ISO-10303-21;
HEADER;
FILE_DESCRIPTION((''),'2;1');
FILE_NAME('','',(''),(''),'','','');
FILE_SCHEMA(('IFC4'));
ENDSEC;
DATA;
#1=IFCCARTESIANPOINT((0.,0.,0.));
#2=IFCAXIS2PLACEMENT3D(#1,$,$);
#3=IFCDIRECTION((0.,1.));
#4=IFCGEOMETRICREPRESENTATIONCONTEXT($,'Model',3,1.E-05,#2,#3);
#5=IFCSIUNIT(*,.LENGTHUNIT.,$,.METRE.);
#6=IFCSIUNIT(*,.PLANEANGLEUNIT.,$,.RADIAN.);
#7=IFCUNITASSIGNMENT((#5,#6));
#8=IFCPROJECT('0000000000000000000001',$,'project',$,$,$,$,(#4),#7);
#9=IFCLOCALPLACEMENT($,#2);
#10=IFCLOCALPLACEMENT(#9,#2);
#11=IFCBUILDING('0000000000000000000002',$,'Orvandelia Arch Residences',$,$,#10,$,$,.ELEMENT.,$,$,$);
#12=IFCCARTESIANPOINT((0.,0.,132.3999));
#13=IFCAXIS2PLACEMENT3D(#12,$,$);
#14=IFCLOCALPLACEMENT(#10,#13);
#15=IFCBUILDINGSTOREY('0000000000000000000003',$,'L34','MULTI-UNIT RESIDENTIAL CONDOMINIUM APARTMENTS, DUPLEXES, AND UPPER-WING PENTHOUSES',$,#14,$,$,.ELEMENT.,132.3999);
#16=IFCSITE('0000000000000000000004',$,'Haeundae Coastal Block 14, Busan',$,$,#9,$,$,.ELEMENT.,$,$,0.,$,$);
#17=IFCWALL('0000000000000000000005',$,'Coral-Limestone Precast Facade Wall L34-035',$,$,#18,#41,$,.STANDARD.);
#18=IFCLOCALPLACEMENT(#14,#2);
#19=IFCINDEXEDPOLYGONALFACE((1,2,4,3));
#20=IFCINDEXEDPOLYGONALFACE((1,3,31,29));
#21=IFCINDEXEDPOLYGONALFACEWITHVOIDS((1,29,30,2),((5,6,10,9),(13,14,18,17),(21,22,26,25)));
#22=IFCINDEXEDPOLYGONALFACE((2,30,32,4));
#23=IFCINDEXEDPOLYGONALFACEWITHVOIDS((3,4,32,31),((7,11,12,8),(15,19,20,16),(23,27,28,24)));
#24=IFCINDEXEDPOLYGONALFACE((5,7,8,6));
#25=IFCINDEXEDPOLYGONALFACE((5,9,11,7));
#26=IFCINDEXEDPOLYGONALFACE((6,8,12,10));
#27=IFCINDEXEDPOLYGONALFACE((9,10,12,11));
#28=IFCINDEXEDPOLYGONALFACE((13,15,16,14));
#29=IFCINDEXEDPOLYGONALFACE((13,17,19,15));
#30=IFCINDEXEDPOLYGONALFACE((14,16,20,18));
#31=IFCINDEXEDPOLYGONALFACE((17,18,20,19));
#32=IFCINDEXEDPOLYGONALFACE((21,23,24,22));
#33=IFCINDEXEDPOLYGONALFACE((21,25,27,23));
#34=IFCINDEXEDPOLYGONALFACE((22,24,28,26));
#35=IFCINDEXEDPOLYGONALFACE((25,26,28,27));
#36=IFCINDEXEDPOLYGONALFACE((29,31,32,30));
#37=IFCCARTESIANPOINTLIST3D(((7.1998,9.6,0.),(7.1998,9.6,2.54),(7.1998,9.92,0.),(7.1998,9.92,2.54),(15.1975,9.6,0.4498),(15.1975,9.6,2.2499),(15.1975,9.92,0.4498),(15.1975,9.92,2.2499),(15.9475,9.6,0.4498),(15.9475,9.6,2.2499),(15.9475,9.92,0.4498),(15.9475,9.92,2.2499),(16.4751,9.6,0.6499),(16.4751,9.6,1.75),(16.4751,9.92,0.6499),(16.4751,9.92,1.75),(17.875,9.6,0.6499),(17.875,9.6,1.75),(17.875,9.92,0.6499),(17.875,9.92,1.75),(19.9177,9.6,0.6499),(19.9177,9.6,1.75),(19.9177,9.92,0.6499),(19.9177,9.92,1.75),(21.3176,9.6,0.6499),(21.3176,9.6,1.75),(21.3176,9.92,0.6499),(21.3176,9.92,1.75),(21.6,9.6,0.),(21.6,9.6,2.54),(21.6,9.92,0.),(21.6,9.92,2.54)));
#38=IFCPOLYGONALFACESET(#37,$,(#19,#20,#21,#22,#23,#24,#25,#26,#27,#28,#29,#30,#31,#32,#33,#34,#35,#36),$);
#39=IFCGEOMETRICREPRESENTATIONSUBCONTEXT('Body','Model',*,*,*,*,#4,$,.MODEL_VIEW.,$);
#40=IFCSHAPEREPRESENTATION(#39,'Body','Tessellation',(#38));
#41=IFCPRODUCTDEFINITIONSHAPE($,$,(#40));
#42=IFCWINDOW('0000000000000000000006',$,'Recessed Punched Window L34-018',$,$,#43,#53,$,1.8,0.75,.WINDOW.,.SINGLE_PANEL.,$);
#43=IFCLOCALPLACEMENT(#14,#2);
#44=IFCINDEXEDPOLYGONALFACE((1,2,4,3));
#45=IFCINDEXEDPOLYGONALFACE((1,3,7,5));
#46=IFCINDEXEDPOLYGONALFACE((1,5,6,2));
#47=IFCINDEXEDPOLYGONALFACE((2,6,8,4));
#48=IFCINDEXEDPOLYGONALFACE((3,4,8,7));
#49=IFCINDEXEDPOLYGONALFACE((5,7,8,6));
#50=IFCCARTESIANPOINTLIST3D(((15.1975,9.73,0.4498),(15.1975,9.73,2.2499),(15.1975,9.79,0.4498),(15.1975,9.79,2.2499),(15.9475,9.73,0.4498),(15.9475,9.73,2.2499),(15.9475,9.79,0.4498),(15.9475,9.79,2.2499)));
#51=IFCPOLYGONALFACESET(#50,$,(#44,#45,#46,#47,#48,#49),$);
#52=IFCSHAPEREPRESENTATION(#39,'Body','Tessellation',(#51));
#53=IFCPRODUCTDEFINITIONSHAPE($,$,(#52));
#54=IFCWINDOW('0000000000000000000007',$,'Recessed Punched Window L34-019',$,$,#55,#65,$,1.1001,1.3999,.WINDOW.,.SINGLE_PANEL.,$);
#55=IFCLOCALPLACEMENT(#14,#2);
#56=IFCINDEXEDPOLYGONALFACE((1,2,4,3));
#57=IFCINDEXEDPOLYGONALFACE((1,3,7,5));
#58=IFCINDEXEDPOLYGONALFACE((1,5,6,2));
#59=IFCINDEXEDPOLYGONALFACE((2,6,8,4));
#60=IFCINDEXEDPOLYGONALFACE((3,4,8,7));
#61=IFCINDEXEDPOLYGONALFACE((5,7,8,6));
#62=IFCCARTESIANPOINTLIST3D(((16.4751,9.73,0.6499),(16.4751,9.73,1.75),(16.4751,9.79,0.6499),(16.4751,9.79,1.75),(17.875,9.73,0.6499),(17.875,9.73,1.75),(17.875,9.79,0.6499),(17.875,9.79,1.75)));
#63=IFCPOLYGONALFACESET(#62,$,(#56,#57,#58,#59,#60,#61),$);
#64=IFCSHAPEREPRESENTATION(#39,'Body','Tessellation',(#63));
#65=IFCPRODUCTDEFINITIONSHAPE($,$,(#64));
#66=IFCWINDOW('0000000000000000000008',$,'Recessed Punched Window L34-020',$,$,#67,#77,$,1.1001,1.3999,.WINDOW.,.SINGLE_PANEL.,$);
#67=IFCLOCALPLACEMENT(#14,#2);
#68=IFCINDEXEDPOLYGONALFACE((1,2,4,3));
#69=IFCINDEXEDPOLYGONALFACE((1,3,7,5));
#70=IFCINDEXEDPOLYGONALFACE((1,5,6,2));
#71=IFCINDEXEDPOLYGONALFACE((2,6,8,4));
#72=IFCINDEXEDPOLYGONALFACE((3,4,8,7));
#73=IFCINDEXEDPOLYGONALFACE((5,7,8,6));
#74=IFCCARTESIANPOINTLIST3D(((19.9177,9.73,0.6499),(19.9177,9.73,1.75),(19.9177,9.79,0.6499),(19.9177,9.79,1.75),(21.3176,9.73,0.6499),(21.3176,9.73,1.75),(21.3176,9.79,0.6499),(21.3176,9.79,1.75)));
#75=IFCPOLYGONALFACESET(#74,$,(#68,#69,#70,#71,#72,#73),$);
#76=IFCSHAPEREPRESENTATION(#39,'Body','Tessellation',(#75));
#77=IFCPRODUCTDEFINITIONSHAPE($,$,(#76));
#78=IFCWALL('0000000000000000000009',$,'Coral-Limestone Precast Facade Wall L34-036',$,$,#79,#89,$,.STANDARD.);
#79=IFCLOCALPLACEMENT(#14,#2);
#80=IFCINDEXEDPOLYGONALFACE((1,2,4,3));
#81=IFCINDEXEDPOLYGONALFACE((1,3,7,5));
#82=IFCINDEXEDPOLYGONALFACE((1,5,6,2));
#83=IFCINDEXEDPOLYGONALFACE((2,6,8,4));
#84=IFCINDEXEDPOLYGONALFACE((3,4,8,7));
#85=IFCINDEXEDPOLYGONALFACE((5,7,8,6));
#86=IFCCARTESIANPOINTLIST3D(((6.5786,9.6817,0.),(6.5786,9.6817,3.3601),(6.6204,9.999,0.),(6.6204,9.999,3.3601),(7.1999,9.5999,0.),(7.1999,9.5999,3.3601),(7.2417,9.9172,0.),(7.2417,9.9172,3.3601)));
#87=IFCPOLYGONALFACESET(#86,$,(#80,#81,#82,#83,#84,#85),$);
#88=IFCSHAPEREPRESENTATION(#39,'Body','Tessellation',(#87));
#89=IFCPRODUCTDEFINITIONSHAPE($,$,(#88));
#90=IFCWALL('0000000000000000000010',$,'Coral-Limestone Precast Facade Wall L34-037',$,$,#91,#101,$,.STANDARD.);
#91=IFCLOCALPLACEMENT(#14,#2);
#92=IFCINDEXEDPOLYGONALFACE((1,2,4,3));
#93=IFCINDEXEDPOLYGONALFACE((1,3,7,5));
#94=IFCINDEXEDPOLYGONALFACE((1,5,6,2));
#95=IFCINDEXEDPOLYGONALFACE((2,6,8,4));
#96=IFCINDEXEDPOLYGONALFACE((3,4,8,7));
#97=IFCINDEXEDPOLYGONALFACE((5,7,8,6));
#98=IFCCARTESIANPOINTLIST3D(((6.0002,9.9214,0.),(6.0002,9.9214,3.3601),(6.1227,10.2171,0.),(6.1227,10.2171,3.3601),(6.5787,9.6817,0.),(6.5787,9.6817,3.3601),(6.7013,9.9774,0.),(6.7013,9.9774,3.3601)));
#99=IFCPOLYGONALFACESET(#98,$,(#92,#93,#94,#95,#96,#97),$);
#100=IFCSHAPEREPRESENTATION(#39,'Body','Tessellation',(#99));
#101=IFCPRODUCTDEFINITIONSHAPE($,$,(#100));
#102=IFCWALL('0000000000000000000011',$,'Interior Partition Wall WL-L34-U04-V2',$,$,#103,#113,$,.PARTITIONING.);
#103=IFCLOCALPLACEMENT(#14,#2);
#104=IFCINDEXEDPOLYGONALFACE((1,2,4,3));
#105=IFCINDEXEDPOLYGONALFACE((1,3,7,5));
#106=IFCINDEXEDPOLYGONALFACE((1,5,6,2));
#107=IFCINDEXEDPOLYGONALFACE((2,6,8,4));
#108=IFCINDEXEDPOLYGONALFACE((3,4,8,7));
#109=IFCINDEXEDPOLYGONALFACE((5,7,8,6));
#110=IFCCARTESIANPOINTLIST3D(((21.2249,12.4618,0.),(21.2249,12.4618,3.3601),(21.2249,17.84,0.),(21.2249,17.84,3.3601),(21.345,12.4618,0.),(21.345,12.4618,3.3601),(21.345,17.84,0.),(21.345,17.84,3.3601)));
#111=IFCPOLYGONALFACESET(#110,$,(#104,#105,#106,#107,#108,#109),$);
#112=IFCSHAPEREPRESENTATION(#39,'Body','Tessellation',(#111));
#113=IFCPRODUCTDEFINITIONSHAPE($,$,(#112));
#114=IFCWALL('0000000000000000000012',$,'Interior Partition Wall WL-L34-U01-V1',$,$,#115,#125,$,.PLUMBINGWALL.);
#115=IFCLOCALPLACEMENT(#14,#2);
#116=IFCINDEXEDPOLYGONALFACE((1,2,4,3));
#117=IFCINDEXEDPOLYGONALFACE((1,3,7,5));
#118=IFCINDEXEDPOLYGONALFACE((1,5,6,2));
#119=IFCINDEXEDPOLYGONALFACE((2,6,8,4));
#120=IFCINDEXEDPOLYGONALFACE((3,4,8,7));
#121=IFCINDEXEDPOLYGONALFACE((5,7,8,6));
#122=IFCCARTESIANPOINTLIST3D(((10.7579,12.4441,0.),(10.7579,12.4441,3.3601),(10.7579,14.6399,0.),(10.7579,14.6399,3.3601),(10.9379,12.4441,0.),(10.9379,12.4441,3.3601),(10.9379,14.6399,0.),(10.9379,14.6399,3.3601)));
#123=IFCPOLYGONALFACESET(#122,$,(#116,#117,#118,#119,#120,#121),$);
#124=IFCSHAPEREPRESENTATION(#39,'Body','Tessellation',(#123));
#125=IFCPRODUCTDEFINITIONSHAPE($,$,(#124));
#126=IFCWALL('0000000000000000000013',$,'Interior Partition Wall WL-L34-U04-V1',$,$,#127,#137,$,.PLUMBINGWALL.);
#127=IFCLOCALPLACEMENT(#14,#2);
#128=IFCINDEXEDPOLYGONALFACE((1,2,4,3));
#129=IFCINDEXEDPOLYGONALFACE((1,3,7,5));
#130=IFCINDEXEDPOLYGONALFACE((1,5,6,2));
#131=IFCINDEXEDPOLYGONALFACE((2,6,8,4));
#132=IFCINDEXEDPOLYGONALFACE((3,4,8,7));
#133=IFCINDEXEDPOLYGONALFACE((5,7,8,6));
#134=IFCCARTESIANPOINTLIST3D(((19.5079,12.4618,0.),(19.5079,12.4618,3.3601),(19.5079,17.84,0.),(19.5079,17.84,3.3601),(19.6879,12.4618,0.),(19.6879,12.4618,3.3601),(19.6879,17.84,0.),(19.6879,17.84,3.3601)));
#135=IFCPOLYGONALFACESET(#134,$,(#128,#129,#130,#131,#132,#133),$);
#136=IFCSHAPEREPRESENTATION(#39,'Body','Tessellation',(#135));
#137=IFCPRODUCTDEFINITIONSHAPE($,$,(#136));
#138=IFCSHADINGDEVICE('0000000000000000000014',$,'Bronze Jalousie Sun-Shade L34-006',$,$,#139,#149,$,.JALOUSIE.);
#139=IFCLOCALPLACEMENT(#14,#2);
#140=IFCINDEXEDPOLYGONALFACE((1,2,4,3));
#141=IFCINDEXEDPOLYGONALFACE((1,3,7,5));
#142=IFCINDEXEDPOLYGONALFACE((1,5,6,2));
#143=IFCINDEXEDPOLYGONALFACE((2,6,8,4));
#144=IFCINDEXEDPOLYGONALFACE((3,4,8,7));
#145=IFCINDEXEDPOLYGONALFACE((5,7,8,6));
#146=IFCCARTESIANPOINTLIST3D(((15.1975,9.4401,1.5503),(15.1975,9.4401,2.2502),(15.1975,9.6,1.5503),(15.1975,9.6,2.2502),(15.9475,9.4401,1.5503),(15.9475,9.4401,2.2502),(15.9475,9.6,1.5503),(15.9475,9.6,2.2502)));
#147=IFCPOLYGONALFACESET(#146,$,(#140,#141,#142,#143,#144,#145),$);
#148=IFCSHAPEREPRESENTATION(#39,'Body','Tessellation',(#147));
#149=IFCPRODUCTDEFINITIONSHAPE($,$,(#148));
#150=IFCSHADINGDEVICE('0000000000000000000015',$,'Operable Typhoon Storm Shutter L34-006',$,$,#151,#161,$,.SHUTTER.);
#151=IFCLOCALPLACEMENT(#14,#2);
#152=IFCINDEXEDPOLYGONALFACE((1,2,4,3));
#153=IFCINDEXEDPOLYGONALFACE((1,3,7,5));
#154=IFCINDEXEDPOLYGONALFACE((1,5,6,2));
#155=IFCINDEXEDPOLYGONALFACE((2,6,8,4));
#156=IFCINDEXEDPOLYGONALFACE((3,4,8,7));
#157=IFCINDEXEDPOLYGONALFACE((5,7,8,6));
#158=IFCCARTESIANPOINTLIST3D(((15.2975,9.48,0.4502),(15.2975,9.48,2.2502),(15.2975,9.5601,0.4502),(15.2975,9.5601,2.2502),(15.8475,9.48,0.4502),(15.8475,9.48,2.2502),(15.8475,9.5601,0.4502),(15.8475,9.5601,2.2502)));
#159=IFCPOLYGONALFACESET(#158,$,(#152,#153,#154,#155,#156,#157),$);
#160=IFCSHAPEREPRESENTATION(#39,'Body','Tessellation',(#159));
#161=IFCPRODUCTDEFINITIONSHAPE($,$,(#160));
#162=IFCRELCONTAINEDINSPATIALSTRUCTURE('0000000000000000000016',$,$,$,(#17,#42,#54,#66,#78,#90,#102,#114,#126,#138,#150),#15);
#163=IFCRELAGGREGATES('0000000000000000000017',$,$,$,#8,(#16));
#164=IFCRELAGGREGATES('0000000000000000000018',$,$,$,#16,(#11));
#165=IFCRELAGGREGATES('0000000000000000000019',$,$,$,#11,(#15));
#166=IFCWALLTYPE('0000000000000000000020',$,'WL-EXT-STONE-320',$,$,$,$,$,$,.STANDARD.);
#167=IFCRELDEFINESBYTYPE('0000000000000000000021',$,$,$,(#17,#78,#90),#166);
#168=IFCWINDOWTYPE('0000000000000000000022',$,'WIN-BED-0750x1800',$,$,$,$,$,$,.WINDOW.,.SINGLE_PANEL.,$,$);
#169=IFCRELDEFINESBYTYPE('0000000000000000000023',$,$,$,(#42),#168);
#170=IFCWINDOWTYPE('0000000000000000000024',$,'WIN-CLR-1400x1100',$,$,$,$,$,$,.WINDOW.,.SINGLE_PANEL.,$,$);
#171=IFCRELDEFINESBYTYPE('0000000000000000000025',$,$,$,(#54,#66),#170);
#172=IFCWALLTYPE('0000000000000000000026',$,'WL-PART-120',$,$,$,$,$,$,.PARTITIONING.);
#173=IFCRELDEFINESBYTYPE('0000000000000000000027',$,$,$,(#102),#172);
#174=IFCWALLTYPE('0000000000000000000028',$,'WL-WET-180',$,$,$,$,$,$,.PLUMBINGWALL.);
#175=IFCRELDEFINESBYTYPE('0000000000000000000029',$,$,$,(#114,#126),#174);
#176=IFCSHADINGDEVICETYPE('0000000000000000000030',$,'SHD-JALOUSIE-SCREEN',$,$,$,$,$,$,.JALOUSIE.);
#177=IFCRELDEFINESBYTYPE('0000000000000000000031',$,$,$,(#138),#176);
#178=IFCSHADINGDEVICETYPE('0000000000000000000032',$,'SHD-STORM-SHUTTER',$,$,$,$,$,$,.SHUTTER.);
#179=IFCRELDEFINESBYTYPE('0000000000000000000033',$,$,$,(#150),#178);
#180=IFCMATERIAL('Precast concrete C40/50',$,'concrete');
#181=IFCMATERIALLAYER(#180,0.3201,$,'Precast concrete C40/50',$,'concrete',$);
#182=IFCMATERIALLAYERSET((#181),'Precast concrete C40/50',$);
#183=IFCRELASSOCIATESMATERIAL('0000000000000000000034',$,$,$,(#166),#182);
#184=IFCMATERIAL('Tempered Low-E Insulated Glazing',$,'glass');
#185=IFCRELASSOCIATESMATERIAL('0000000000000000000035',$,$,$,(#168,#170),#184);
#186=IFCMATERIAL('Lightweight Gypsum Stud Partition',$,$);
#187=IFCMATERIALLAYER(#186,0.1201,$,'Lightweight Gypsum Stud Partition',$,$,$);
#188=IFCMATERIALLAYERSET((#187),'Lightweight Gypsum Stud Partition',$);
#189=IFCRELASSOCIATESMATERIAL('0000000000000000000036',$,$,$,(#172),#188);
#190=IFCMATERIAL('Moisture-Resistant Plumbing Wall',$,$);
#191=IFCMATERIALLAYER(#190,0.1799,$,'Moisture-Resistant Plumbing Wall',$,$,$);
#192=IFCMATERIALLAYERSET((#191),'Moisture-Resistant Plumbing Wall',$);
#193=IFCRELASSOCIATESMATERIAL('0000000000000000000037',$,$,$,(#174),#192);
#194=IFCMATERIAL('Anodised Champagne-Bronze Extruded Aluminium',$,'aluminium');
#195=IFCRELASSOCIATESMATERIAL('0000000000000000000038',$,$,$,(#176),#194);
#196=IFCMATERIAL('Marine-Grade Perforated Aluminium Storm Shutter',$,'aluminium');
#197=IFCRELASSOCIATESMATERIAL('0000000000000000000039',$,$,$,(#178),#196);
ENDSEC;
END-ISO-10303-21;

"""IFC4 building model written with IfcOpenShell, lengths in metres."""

from ifc_helpers import new_model, si_unit, direction, frame, frame_2d, origin, origin_2d, place, context, subcontext, project, spatial, rectangle, extrude, material, layer, layer_set, type_object, element, fill, save


model = new_model("IFC4")

# Units and contexts
model_context = context("Model", 3, precision=1e-05, world=origin(), true_north=direction((0.0, 1.0)))
body_context = subcontext(model_context, "Body", "Model", "MODEL_VIEW")
ifc_project = project(units=[si_unit("LENGTHUNIT", "METRE"), si_unit("PLANEANGLEUNIT", "RADIAN")], contexts=[model_context])

# Site, building, storey
site_placement = place(None, origin())
site = spatial("IfcSite", under=ifc_project, at=site_placement, Name="Haeundae Coastal Block 14, Busan", CompositionType="ELEMENT", RefElevation=0.0)
building_placement = place(site_placement, origin())
building = spatial("IfcBuilding", under=site, at=building_placement, Name="Orvandelia Arch Residences", CompositionType="ELEMENT")
storey_placement = place(building_placement, frame((0.0, 0.0, 132.3999)))
storey = spatial("IfcBuildingStorey", under=building, at=storey_placement, Name="L34", Description="MULTI-UNIT RESIDENTIAL CONDOMINIUM APARTMENTS, DUPLEXES, AND UPPER-WING PENTHOUSES", CompositionType="ELEMENT", Elevation=132.3999)

# Wall, openings, windows
ifc_material_1 = material(Name="Precast concrete C40/50", Category="concrete")
ifc_layer_1 = layer(ifc_material_1, 0.3201, Name="Precast concrete C40/50", Category="concrete")
ifc_layer_set_1 = layer_set([ifc_layer_1], Name="Precast concrete C40/50")
wall_type_1 = type_object("IfcWallType", Name="WL-EXT-STONE-320", PredefinedType="STANDARD", material=ifc_layer_set_1)
wall_1_placement = place(storey_placement, frame((21.6001, 9.76, 0.0), z_axis=(0.0, 0.0, 1.0), x_axis=(-1.0, 0.0, 0.0)))
wall_1 = element("IfcWall", 1, at=wall_1_placement, inside=storey, type_object=wall_type_1, Name="Coral-Limestone Precast Facade Wall L34-035", PredefinedType="STANDARD", context=body_context, shape_type="SweptSolid", body=[
    extrude(rectangle(XDim=14.4001, YDim=0.3201, at=frame_2d((7.2002, 0.0))), origin(), (0.0, 0.0, 1.0), 2.54),
])
opening_1_placement = place(wall_1_placement, frame((5.6526, 0.0, 0.45)))
opening_1 = element("IfcOpeningElement", 2, at=opening_1_placement, cuts=wall_1, PredefinedType="OPENING", context=body_context, shape_type="SweptSolid", body=[
    extrude(rectangle(XDim=0.75, YDim=1.8, at=frame_2d((0.375, 0.8999))), frame((0.0, 0.1699, 0.0), z_axis=(0.0, -1.0, 0.0), x_axis=(1.0, 0.0, 0.0)), (0.0, 0.0, 1.0), 0.3401),
])
opening_2_placement = place(wall_1_placement, frame((3.7251, 0.0, 0.6499)))
opening_2 = element("IfcOpeningElement", 3, at=opening_2_placement, cuts=wall_1, PredefinedType="OPENING", context=body_context, shape_type="SweptSolid", body=[
    extrude(rectangle(XDim=1.3999, YDim=1.1001, at=frame_2d((0.7, 0.55))), frame((0.0, 0.1699, 0.0), z_axis=(0.0, -1.0, 0.0), x_axis=(1.0, 0.0, 0.0)), (0.0, 0.0, 1.0), 0.3401),
])
opening_3_placement = place(wall_1_placement, frame((0.2825, 0.0, 0.6499)))
opening_3 = element("IfcOpeningElement", 4, at=opening_3_placement, cuts=wall_1, PredefinedType="OPENING", context=body_context, shape_type="SweptSolid", body=[
    extrude(rectangle(XDim=1.3999, YDim=1.1001, at=frame_2d((0.7, 0.55))), frame((0.0, 0.1699, 0.0), z_axis=(0.0, -1.0, 0.0), x_axis=(1.0, 0.0, 0.0)), (0.0, 0.0, 1.0), 0.3401),
])
ifc_material_2 = material(Name="Tempered Low-E Insulated Glazing", Category="glass")
window_type_1 = type_object("IfcWindowType", Name="WIN-BED-0750x1800", PartitioningType="SINGLE_PANEL", PredefinedType="WINDOW", material=ifc_material_2)
window_1_placement = place(opening_1_placement, origin())
window_1 = element("IfcWindow", 5, at=window_1_placement, inside=storey, type_object=window_type_1, Name="Recessed Punched Window L34-018", OverallHeight=1.8, OverallWidth=0.75, PartitioningType="SINGLE_PANEL", PredefinedType="WINDOW", context=body_context, shape_type="SweptSolid", body=[
    extrude(rectangle(XDim=0.75, YDim=1.8, at=frame_2d((0.375, 0.8999))), frame((0.0, 0.03, 0.0), z_axis=(0.0, -1.0, 0.0), x_axis=(1.0, 0.0, 0.0)), (0.0, 0.0, 1.0), 0.0601),
])
fill(opening_1, window_1)
window_type_2 = type_object("IfcWindowType", Name="WIN-CLR-1400x1100", PartitioningType="SINGLE_PANEL", PredefinedType="WINDOW", material=ifc_material_2)
window_2_placement = place(opening_2_placement, origin())
window_2 = element("IfcWindow", 6, at=window_2_placement, inside=storey, type_object=window_type_2, Name="Recessed Punched Window L34-019", OverallHeight=1.1001, OverallWidth=1.3999, PartitioningType="SINGLE_PANEL", PredefinedType="WINDOW", context=body_context, shape_type="SweptSolid", body=[
    extrude(rectangle(XDim=1.3999, YDim=1.1001, at=frame_2d((0.7, 0.55))), frame((0.0, 0.03, 0.0), z_axis=(0.0, -1.0, 0.0), x_axis=(1.0, 0.0, 0.0)), (0.0, 0.0, 1.0), 0.0601),
])
fill(opening_2, window_2)
window_3_placement = place(opening_3_placement, origin())
window_3 = element("IfcWindow", 7, at=window_3_placement, inside=storey, type_object=window_type_2, Name="Recessed Punched Window L34-020", OverallHeight=1.1001, OverallWidth=1.3999, PartitioningType="SINGLE_PANEL", PredefinedType="WINDOW", context=body_context, shape_type="SweptSolid", body=[
    extrude(rectangle(XDim=1.3999, YDim=1.1001, at=frame_2d((0.7, 0.55))), frame((0.0, 0.03, 0.0), z_axis=(0.0, -1.0, 0.0), x_axis=(1.0, 0.0, 0.0)), (0.0, 0.0, 1.0), 0.0601),
])
fill(opening_3, window_3)

# Walls
wall_2_placement = place(storey_placement, frame((7.2209, 9.7585, 0.0), z_axis=(0.0, 0.0, 1.0), x_axis=(-0.991448, 0.130505, 0.0)))
element("IfcWall", 8, at=wall_2_placement, inside=storey, type_object=wall_type_1, Name="Coral-Limestone Precast Facade Wall L34-036", PredefinedType="STANDARD", context=body_context, shape_type="SweptSolid", body=[
    extrude(rectangle(XDim=0.6267, YDim=0.3201, at=frame_2d((0.3135, 0.0))), origin(), (0.0, 0.0, 1.0), 3.3601),
])
wall_3_placement = place(storey_placement, frame((6.6399, 9.8296, 0.0), z_axis=(0.0, 0.0, 1.0), x_axis=(-0.923836, 0.382788, 0.0)))
element("IfcWall", 9, at=wall_3_placement, inside=storey, type_object=wall_type_1, Name="Coral-Limestone Precast Facade Wall L34-037", PredefinedType="STANDARD", context=body_context, shape_type="SweptSolid", body=[
    extrude(rectangle(XDim=0.6262, YDim=0.3201, at=frame_2d((0.313, 0.0))), origin(), (0.0, 0.0, 1.0), 3.3601),
])
ifc_material_3 = material(Name="Lightweight Gypsum Stud Partition")
ifc_layer_2 = layer(ifc_material_3, 0.1201, Name="Lightweight Gypsum Stud Partition")
ifc_layer_set_2 = layer_set([ifc_layer_2], Name="Lightweight Gypsum Stud Partition")
wall_type_2 = type_object("IfcWallType", Name="WL-PART-120", PredefinedType="PARTITIONING", material=ifc_layer_set_2)
wall_4_placement = place(storey_placement, frame((21.2849, 12.4619, 0.0), z_axis=(0.0, 0.0, 1.0), x_axis=(0.0, 1.0, 0.0)))
element("IfcWall", 10, at=wall_4_placement, inside=storey, type_object=wall_type_2, Name="Interior Partition Wall WL-L34-U04-V2", PredefinedType="PARTITIONING", context=body_context, shape_type="SweptSolid", body=[
    extrude(rectangle(XDim=5.3782, YDim=0.1201, at=frame_2d((2.689, 0.0))), origin(), (0.0, 0.0, 1.0), 3.3601),
])
ifc_material_4 = material(Name="Moisture-Resistant Plumbing Wall")
ifc_layer_3 = layer(ifc_material_4, 0.1799, Name="Moisture-Resistant Plumbing Wall")
ifc_layer_set_3 = layer_set([ifc_layer_3], Name="Moisture-Resistant Plumbing Wall")
wall_type_3 = type_object("IfcWallType", Name="WL-WET-180", PredefinedType="PLUMBINGWALL", material=ifc_layer_set_3)
wall_5_placement = place(storey_placement, frame((10.8479, 12.4441, 0.0), z_axis=(0.0, 0.0, 1.0), x_axis=(0.0, 1.0, 0.0)))
element("IfcWall", 11, at=wall_5_placement, inside=storey, type_object=wall_type_3, Name="Interior Partition Wall WL-L34-U01-V1", PredefinedType="PLUMBINGWALL", context=body_context, shape_type="SweptSolid", body=[
    extrude(rectangle(XDim=2.1958, YDim=0.1799, at=frame_2d((1.0979, 0.0))), origin(), (0.0, 0.0, 1.0), 3.3601),
])

# Wall
wall_6_placement = place(storey_placement, frame((19.5979, 12.4619, 0.0), z_axis=(0.0, 0.0, 1.0), x_axis=(0.0, 1.0, 0.0)))
element("IfcWall", 12, at=wall_6_placement, inside=storey, type_object=wall_type_3, Name="Interior Partition Wall WL-L34-U04-V1", PredefinedType="PLUMBINGWALL", context=body_context, shape_type="SweptSolid", body=[
    extrude(rectangle(XDim=5.3782, YDim=0.1799, at=frame_2d((2.689, 0.0))), origin(), (0.0, 0.0, 1.0), 3.3601),
])

# Shading devices
ifc_material_5 = material(Name="Anodised Champagne-Bronze Extruded Aluminium", Category="aluminium")
shading_device_type_1 = type_object("IfcShadingDeviceType", Name="SHD-JALOUSIE-SCREEN", PredefinedType="JALOUSIE", material=ifc_material_5)
shading_device_1_placement = place(storey_placement, frame((15.5725, 9.52, 1.5503), z_axis=(0.0, 0.0, 1.0), x_axis=(-1.0, 0.0, 0.0)))
element("IfcShadingDevice", 13, at=shading_device_1_placement, inside=storey, type_object=shading_device_type_1, Name="Bronze Jalousie Sun-Shade L34-006", PredefinedType="JALOUSIE", context=body_context, shape_type="SweptSolid", body=[
    extrude(rectangle(XDim=0.75, YDim=0.1599, at=origin_2d()), origin(), (0.0, 0.0, 1.0), 0.7),
])
ifc_material_6 = material(Name="Marine-Grade Perforated Aluminium Storm Shutter", Category="aluminium")
shading_device_type_2 = type_object("IfcShadingDeviceType", Name="SHD-STORM-SHUTTER", PredefinedType="SHUTTER", material=ifc_material_6)
shading_device_2_placement = place(storey_placement, frame((15.5725, 9.52, 0.4502), z_axis=(0.0, 0.0, 1.0), x_axis=(-1.0, 0.0, 0.0)))
element("IfcShadingDevice", 14, at=shading_device_2_placement, inside=storey, type_object=shading_device_type_2, Name="Operable Typhoon Storm Shutter L34-006", PredefinedType="SHUTTER", context=body_context, shape_type="SweptSolid", body=[
    extrude(rectangle(XDim=0.55, YDim=0.0801, at=origin_2d()), origin(), (0.0, 0.0, 1.0), 1.8),
])

save(model, "model.ifc")
